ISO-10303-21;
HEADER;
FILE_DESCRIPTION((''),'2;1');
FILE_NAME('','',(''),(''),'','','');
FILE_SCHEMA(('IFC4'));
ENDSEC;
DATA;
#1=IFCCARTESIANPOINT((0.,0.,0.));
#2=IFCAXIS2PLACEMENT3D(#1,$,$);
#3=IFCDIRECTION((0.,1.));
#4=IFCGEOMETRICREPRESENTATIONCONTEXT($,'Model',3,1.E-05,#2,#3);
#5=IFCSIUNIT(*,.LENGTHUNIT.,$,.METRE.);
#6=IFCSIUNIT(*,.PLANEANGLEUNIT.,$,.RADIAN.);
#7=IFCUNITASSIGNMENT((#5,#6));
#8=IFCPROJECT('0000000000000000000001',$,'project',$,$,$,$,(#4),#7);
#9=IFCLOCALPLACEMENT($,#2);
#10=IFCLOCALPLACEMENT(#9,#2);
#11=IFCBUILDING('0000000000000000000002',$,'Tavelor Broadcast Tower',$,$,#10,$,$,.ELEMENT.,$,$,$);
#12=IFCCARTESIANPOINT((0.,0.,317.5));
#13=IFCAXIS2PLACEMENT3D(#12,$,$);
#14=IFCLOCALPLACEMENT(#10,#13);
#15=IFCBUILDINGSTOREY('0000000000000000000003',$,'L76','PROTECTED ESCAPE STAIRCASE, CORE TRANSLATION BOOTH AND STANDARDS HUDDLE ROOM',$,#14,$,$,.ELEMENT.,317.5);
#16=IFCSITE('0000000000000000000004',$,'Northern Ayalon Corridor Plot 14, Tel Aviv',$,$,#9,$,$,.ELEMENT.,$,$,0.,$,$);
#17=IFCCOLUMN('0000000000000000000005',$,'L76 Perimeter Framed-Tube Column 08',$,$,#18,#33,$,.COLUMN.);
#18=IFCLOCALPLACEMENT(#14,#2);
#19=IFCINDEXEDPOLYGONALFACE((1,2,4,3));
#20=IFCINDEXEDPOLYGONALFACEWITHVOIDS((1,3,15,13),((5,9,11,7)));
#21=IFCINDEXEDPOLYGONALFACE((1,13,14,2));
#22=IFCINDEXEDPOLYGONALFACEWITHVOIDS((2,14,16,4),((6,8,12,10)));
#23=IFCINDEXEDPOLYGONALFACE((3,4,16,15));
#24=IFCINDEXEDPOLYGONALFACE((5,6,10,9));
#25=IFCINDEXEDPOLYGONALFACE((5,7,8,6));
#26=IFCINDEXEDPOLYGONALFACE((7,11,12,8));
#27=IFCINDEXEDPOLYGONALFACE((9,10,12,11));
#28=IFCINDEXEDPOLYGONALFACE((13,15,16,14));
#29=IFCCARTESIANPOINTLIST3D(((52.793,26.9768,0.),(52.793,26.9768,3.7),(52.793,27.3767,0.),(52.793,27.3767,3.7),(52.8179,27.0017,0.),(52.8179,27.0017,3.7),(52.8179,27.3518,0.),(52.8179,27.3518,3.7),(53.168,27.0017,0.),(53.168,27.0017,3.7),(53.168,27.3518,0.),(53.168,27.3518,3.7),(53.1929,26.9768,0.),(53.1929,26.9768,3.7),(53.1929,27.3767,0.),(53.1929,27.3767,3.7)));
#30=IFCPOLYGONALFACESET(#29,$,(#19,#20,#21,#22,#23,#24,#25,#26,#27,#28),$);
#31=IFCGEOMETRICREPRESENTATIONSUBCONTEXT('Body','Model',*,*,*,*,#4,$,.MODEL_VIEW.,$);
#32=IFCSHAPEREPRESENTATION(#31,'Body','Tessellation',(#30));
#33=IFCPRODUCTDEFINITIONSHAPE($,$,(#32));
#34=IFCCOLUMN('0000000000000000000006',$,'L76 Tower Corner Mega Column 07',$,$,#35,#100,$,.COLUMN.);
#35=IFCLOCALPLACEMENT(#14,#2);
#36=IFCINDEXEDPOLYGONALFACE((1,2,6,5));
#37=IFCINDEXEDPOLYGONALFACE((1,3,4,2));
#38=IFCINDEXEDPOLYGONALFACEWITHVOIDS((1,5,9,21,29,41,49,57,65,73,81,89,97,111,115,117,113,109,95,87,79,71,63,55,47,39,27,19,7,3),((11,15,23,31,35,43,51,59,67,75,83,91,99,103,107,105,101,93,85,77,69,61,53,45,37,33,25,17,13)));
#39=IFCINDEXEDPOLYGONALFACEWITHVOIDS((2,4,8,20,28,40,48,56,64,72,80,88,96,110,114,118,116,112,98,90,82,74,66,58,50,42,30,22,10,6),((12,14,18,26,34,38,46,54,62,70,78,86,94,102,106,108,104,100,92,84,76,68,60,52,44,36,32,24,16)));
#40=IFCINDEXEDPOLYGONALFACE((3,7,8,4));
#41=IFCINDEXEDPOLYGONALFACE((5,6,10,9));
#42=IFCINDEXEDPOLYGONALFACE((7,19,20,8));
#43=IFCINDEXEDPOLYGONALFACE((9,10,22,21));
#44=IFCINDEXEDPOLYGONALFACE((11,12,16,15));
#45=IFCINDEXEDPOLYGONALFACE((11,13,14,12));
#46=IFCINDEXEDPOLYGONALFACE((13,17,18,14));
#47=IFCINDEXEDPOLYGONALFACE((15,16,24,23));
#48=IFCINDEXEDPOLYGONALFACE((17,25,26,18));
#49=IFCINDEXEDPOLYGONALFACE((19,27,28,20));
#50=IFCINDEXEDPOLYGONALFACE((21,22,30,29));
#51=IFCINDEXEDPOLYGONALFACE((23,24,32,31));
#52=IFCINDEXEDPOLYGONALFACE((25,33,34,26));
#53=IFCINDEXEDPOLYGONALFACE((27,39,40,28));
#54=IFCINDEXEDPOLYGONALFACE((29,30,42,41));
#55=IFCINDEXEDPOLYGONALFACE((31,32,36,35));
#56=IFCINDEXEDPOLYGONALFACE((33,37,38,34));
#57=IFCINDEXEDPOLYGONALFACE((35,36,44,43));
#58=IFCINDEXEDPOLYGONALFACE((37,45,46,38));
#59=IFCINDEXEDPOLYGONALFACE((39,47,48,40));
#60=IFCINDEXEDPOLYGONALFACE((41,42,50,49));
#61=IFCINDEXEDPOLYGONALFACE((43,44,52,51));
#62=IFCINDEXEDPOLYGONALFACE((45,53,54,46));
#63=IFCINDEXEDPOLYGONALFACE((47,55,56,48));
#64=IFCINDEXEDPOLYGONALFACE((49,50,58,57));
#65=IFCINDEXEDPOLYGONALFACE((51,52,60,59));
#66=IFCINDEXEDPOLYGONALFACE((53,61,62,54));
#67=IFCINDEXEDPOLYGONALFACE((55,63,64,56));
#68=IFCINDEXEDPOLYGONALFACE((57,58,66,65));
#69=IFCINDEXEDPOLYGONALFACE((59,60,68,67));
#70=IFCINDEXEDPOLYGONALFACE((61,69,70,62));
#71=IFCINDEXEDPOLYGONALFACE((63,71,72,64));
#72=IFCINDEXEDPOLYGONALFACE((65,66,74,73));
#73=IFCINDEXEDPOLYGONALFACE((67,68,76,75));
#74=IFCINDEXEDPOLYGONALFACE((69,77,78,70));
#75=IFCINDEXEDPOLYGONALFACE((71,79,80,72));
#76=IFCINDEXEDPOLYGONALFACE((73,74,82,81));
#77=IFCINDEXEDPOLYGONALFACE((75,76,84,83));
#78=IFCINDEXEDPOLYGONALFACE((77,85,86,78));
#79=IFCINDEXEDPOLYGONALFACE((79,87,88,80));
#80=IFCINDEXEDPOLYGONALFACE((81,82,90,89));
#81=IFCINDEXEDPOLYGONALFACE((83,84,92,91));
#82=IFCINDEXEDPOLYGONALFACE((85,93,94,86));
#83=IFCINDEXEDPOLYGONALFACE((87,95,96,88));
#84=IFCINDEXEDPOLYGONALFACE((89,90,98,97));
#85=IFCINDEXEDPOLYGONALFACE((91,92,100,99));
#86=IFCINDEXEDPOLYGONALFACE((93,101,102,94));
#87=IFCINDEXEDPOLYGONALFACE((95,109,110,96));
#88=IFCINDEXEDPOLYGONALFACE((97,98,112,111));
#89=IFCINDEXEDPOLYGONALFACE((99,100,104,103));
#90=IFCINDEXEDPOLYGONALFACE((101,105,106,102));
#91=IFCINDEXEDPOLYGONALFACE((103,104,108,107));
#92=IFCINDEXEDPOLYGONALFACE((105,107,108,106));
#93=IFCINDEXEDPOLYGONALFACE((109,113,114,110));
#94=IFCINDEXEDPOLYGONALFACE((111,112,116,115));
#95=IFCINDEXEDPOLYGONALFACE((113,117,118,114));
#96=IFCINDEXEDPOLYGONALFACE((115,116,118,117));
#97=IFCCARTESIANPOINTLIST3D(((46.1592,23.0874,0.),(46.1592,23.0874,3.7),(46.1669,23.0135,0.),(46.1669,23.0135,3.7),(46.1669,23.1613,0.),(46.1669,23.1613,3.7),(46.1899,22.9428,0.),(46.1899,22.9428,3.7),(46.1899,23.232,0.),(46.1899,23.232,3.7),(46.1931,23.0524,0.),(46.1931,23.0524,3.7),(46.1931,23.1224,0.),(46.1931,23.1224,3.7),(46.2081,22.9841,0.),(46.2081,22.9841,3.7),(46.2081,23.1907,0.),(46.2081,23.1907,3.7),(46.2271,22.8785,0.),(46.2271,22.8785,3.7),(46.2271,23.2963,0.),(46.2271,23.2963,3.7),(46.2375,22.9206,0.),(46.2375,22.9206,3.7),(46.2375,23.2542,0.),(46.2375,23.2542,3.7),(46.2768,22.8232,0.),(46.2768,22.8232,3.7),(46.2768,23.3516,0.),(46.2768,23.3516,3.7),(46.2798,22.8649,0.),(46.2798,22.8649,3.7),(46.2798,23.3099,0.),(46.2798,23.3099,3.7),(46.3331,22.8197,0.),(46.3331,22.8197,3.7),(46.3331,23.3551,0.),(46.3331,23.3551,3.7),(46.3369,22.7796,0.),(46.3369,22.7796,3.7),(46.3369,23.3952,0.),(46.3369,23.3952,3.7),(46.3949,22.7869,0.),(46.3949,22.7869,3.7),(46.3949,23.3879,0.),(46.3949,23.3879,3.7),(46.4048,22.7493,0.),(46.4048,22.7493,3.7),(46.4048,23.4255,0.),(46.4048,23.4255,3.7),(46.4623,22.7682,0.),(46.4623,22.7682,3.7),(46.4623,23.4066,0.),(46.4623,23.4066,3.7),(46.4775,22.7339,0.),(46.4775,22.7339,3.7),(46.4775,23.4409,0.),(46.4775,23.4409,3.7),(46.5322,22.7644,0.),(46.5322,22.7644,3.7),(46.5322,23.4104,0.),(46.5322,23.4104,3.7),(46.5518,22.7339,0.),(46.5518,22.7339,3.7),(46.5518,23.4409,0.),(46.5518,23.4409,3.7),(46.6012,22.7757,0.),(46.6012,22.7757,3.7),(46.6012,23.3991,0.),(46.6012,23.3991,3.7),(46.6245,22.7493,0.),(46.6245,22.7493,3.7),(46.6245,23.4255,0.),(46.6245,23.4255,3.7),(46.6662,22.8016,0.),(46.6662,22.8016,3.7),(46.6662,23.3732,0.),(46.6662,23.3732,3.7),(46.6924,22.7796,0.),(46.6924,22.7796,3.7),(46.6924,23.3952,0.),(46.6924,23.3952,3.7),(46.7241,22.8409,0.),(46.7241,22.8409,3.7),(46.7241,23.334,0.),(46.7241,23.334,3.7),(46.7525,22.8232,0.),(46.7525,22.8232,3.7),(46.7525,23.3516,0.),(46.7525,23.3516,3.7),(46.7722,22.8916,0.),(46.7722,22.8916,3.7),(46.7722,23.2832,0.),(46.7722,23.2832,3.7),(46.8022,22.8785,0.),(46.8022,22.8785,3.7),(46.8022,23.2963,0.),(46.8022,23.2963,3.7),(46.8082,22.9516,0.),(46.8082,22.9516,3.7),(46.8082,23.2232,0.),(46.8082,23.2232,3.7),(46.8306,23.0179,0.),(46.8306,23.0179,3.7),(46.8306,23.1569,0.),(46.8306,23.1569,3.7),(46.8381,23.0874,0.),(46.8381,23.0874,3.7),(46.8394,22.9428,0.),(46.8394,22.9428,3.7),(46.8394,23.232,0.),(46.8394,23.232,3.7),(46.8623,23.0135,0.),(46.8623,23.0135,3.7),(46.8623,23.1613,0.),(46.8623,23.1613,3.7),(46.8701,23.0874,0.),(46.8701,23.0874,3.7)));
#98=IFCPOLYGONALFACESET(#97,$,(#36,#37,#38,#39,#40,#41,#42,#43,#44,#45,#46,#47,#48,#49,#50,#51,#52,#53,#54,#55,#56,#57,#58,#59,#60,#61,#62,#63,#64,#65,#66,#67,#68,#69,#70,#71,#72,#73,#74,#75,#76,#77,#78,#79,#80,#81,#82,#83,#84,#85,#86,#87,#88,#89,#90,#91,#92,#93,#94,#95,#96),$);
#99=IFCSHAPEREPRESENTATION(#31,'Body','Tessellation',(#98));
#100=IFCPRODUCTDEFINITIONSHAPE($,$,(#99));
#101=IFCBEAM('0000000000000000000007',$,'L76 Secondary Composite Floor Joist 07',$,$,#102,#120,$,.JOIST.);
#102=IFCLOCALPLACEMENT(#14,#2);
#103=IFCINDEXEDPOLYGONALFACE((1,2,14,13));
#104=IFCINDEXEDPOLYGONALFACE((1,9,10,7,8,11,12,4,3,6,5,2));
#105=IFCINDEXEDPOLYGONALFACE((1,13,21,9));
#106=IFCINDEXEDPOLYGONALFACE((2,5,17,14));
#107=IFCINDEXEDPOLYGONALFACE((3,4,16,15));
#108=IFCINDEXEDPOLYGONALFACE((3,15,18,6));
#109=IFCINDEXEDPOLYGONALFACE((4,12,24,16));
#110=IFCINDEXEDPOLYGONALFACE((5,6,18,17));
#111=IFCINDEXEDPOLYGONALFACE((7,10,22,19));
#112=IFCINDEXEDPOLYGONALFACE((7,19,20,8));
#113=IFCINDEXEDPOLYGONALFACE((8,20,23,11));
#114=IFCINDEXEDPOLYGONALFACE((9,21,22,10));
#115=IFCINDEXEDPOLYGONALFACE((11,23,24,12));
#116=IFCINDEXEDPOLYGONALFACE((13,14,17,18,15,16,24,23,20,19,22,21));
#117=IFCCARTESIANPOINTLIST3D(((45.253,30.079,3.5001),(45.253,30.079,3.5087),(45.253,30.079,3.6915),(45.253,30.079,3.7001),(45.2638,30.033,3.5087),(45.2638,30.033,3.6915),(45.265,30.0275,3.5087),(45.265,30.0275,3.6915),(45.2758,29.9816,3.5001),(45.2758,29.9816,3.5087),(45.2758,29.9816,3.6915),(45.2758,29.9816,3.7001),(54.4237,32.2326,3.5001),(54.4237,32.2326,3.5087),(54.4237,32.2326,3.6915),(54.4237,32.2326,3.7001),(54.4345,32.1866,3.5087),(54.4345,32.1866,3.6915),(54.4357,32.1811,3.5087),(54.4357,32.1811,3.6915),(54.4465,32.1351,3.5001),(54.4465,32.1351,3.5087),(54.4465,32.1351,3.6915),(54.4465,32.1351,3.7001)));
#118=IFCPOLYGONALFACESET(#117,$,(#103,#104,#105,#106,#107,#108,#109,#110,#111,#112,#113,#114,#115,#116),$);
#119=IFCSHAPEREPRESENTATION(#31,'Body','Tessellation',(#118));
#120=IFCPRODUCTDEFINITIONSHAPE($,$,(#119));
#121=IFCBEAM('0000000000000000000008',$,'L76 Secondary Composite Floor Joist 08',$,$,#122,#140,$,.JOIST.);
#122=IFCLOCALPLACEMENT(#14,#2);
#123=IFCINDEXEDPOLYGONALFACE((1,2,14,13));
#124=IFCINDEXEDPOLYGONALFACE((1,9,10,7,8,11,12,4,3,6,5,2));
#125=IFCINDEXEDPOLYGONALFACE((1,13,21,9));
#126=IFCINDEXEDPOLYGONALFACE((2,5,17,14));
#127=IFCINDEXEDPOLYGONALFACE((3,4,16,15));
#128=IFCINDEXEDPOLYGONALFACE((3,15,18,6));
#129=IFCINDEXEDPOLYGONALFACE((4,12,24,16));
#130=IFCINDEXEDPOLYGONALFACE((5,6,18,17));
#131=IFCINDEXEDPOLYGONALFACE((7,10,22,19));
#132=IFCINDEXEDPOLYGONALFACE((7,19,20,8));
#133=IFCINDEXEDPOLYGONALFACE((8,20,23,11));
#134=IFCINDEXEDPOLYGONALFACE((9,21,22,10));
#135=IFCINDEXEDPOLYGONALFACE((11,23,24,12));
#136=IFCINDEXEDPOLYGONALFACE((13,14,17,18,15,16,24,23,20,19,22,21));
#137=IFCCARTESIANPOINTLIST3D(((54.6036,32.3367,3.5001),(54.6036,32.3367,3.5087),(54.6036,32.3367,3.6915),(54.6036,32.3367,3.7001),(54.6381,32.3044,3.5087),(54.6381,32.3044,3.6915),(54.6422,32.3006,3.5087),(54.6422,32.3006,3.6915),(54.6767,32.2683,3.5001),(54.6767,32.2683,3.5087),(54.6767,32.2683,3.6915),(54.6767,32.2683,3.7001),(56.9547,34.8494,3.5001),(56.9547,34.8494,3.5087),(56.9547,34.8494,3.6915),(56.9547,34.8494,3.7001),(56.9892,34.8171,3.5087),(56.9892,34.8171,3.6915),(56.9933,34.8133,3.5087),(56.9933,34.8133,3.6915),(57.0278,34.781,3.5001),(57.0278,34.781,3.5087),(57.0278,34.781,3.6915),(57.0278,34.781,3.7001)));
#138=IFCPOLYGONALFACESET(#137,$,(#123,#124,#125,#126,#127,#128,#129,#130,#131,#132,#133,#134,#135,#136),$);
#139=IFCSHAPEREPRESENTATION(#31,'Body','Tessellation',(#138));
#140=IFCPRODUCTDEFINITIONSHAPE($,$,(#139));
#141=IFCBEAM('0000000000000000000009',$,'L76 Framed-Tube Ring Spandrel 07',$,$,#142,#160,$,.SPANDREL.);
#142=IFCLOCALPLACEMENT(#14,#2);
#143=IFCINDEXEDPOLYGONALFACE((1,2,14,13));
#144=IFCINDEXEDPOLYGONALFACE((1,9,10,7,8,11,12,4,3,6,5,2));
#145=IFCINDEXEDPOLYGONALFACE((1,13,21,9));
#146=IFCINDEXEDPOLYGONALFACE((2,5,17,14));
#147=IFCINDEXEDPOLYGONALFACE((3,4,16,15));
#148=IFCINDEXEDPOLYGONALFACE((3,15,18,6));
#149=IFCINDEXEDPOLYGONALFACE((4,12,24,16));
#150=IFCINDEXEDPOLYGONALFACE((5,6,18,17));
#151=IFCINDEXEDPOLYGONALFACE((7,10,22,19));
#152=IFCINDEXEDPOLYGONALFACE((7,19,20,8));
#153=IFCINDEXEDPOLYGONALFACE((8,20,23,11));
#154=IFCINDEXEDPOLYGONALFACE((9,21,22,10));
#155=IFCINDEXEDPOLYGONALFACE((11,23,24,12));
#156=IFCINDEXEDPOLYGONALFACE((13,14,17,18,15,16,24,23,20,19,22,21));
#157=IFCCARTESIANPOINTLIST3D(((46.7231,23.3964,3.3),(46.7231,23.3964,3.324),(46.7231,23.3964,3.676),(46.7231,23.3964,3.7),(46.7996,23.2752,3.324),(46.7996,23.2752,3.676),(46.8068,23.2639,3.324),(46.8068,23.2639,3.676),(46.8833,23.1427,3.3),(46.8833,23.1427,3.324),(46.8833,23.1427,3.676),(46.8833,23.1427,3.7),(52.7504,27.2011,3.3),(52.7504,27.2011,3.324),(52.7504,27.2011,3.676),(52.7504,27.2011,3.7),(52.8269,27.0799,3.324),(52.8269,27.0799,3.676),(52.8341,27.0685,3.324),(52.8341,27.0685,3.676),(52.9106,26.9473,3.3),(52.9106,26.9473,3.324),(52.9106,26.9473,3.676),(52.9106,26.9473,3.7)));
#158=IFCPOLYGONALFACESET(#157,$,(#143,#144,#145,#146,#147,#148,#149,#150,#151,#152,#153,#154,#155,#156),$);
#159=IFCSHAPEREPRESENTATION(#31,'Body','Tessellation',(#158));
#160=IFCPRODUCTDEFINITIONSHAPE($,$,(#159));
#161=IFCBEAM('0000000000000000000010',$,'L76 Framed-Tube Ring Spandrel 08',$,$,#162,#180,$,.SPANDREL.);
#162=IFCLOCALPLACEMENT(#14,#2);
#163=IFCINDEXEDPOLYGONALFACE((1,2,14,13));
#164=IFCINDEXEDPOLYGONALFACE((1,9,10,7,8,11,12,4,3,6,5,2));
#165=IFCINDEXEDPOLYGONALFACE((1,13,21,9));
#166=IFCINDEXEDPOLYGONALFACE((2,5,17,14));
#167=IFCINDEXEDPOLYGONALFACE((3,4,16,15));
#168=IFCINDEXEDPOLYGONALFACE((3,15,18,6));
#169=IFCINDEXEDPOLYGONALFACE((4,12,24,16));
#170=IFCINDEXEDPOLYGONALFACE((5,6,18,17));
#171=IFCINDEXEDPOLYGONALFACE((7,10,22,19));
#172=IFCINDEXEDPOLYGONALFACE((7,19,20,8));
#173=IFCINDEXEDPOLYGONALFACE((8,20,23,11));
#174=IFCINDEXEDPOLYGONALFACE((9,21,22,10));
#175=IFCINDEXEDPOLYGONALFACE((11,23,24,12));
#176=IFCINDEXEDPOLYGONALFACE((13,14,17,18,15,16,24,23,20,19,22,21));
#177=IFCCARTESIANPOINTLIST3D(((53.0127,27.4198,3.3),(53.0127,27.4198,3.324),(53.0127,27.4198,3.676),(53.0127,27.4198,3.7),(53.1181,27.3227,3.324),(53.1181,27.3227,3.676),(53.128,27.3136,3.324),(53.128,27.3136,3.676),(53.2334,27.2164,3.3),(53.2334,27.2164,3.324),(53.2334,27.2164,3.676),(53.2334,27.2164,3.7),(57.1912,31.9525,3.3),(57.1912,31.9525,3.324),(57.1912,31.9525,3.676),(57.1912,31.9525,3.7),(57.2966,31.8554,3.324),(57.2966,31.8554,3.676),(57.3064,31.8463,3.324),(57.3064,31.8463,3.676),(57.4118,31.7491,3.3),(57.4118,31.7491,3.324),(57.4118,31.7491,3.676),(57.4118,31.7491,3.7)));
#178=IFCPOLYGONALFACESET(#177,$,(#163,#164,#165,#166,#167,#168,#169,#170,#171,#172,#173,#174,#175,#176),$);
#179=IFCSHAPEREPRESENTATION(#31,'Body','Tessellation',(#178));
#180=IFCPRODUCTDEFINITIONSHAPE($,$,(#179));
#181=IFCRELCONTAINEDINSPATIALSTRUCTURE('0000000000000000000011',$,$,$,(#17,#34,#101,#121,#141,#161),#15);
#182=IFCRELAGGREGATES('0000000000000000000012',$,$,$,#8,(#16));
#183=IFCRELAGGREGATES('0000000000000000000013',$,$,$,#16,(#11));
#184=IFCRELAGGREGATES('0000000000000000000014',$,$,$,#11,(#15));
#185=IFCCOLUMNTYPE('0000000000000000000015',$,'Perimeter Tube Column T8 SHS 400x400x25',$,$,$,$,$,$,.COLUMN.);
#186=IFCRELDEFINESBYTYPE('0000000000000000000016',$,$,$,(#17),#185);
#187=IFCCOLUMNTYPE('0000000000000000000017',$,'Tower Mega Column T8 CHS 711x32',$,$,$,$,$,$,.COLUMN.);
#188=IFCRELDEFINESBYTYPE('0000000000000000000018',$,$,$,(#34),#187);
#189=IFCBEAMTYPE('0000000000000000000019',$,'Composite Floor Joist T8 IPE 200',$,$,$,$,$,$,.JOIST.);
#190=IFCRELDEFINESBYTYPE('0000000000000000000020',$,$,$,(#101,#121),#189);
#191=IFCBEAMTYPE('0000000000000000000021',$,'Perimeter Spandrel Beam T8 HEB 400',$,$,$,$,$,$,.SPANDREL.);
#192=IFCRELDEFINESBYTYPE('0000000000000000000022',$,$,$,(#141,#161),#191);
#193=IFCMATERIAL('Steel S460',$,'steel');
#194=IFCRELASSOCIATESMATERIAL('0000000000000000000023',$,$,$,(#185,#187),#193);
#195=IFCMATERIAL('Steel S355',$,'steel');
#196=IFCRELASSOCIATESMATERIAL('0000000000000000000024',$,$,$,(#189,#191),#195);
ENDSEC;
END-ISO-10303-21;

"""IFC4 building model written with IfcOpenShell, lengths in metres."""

from ifc_helpers import new_model, si_unit, direction, frame, origin, origin_2d, place, context, subcontext, project, spatial, hollow_rectangle, hollow_circle, i_section, extrude, material, material_profile, profile_set, type_object, element, save


model = new_model("IFC4")

# Units and contexts
model_context = context("Model", 3, precision=1e-05, world=origin(), true_north=direction((0.0, 1.0)))
body_context = subcontext(model_context, "Body", "Model", "MODEL_VIEW")
ifc_project = project(units=[si_unit("LENGTHUNIT", "METRE"), si_unit("PLANEANGLEUNIT", "RADIAN")], contexts=[model_context])

# Site, building, storey
site_placement = place(None, origin())
site = spatial("IfcSite", under=ifc_project, at=site_placement, Name="Northern Ayalon Corridor Plot 14, Tel Aviv", CompositionType="ELEMENT", RefElevation=0.0)
building_placement = place(site_placement, origin())
building = spatial("IfcBuilding", under=site, at=building_placement, Name="Tavelor Broadcast Tower", CompositionType="ELEMENT")
storey_placement = place(building_placement, frame((0.0, 0.0, 317.5)))
storey = spatial("IfcBuildingStorey", under=building, at=storey_placement, Name="L76", Description="PROTECTED ESCAPE STAIRCASE, CORE TRANSLATION BOOTH AND STANDARDS HUDDLE ROOM", CompositionType="ELEMENT", Elevation=317.5)

# Columns
ifc_material_1 = material(Name="Steel S460", Category="steel")
ifc_material_profile_1 = material_profile(ifc_material_1, hollow_rectangle(XDim=0.3999, YDim=0.3999, WallThickness=0.0249, at=origin_2d()), Name="SHS 400x400x25")
ifc_profile_set_1 = profile_set([ifc_material_profile_1], Name="Steel S460")
column_type_1 = type_object("IfcColumnType", Name="Perimeter Tube Column T8 SHS 400x400x25", PredefinedType="COLUMN", material=ifc_profile_set_1)
column_1_placement = place(storey_placement, frame((52.9929, 27.1768, 0.0), z_axis=(0.0, 0.0, 1.0), x_axis=(1.0, 0.0, 0.0)))
element("IfcColumn", 1, at=column_1_placement, inside=storey, type_object=column_type_1, Name="L76 Perimeter Framed-Tube Column 08", PredefinedType="COLUMN", context=body_context, shape_type="SweptSolid", body=[
    extrude(hollow_rectangle(XDim=0.3999, YDim=0.3999, WallThickness=0.0249, at=origin_2d()), origin(), (0.0, 0.0, 1.0), 3.7),
])
ifc_material_profile_2 = material_profile(ifc_material_1, hollow_circle(Radius=0.3555, WallThickness=0.032, at=origin_2d()), Name="CHS 711x32")
ifc_profile_set_2 = profile_set([ifc_material_profile_2], Name="Steel S460")
column_type_2 = type_object("IfcColumnType", Name="Tower Mega Column T8 CHS 711x32", PredefinedType="COLUMN", material=ifc_profile_set_2)
column_2_placement = place(storey_placement, frame((46.5146, 23.0874, 0.0), z_axis=(0.0, 0.0, 1.0), x_axis=(1.0, 0.0, 0.0)))
element("IfcColumn", 2, at=column_2_placement, inside=storey, type_object=column_type_2, Name="L76 Tower Corner Mega Column 07", PredefinedType="COLUMN", context=body_context, shape_type="SweptSolid", body=[
    extrude(hollow_circle(Radius=0.3555, WallThickness=0.032, at=origin_2d()), origin(), (0.0, 0.0, 1.0), 3.7),
])

# Beams
ifc_material_2 = material(Name="Steel S355", Category="steel")
ifc_material_profile_3 = material_profile(ifc_material_2, i_section(OverallWidth=0.1001, OverallDepth=0.2, WebThickness=0.0056, FlangeThickness=0.0085, at=origin_2d()), Name="IPE 200")
ifc_profile_set_3 = profile_set([ifc_material_profile_3], Name="Steel S355")
beam_type_1 = type_object("IfcBeamType", Name="Composite Floor Joist T8 IPE 200", PredefinedType="JOIST", material=ifc_profile_set_3)
beam_1_placement = place(storey_placement, frame((45.2644, 30.0303, 3.6001), z_axis=(0.973517, 0.228613, 0.0), x_axis=(-0.228613, 0.973517, 0.0)))
element("IfcBeam", 3, at=beam_1_placement, inside=storey, type_object=beam_type_1, Name="L76 Secondary Composite Floor Joist 07", PredefinedType="JOIST", context=body_context, shape_type="SweptSolid", body=[
    extrude(i_section(OverallWidth=0.1001, OverallDepth=0.2, WebThickness=0.0056, FlangeThickness=0.0085, at=origin_2d()), origin(), (0.0, 0.0, 1.0), 9.4202),
])
beam_2_placement = place(storey_placement, frame((54.6401, 32.3025, 3.6001), z_axis=(0.683233, 0.730201, 0.0), x_axis=(-0.730201, 0.683233, 0.0)))
element("IfcBeam", 4, at=beam_2_placement, inside=storey, type_object=beam_type_1, Name="L76 Secondary Composite Floor Joist 08", PredefinedType="JOIST", context=body_context, shape_type="SweptSolid", body=[
    extrude(i_section(OverallWidth=0.1001, OverallDepth=0.2, WebThickness=0.0056, FlangeThickness=0.0085, at=origin_2d()), origin(), (0.0, 0.0, 1.0), 3.4412),
])
ifc_material_profile_4 = material_profile(ifc_material_2, i_section(OverallWidth=0.3, OverallDepth=0.3999, WebThickness=0.0134, FlangeThickness=0.0239, at=origin_2d()), Name="HEB 400")
ifc_profile_set_4 = profile_set([ifc_material_profile_4], Name="Steel S355")
beam_type_2 = type_object("IfcBeamType", Name="Perimeter Spandrel Beam T8 HEB 400", PredefinedType="SPANDREL", material=ifc_profile_set_4)
beam_3_placement = place(storey_placement, frame((46.8032, 23.2695, 3.5), z_axis=(0.845619, 0.533787, 0.0), x_axis=(-0.533787, 0.845619, 0.0)))
element("IfcBeam", 5, at=beam_3_placement, inside=storey, type_object=beam_type_2, Name="L76 Framed-Tube Ring Spandrel 07", PredefinedType="SPANDREL", context=body_context, shape_type="SweptSolid", body=[
    extrude(i_section(OverallWidth=0.3, OverallDepth=0.3999, WebThickness=0.0134, FlangeThickness=0.0239, at=origin_2d()), origin(), (0.0, 0.0, 1.0), 7.1277),
])
beam_4_placement = place(storey_placement, frame((53.123, 27.3181, 3.5), z_axis=(0.677791, 0.735254, 0.0), x_axis=(-0.735254, 0.677791, 0.0)))
element("IfcBeam", 6, at=beam_4_placement, inside=storey, type_object=beam_type_2, Name="L76 Framed-Tube Ring Spandrel 08", PredefinedType="SPANDREL", context=body_context, shape_type="SweptSolid", body=[
    extrude(i_section(OverallWidth=0.3, OverallDepth=0.3999, WebThickness=0.0134, FlangeThickness=0.0239, at=origin_2d()), origin(), (0.0, 0.0, 1.0), 6.1648),
])

save(model, "model.ifc")
